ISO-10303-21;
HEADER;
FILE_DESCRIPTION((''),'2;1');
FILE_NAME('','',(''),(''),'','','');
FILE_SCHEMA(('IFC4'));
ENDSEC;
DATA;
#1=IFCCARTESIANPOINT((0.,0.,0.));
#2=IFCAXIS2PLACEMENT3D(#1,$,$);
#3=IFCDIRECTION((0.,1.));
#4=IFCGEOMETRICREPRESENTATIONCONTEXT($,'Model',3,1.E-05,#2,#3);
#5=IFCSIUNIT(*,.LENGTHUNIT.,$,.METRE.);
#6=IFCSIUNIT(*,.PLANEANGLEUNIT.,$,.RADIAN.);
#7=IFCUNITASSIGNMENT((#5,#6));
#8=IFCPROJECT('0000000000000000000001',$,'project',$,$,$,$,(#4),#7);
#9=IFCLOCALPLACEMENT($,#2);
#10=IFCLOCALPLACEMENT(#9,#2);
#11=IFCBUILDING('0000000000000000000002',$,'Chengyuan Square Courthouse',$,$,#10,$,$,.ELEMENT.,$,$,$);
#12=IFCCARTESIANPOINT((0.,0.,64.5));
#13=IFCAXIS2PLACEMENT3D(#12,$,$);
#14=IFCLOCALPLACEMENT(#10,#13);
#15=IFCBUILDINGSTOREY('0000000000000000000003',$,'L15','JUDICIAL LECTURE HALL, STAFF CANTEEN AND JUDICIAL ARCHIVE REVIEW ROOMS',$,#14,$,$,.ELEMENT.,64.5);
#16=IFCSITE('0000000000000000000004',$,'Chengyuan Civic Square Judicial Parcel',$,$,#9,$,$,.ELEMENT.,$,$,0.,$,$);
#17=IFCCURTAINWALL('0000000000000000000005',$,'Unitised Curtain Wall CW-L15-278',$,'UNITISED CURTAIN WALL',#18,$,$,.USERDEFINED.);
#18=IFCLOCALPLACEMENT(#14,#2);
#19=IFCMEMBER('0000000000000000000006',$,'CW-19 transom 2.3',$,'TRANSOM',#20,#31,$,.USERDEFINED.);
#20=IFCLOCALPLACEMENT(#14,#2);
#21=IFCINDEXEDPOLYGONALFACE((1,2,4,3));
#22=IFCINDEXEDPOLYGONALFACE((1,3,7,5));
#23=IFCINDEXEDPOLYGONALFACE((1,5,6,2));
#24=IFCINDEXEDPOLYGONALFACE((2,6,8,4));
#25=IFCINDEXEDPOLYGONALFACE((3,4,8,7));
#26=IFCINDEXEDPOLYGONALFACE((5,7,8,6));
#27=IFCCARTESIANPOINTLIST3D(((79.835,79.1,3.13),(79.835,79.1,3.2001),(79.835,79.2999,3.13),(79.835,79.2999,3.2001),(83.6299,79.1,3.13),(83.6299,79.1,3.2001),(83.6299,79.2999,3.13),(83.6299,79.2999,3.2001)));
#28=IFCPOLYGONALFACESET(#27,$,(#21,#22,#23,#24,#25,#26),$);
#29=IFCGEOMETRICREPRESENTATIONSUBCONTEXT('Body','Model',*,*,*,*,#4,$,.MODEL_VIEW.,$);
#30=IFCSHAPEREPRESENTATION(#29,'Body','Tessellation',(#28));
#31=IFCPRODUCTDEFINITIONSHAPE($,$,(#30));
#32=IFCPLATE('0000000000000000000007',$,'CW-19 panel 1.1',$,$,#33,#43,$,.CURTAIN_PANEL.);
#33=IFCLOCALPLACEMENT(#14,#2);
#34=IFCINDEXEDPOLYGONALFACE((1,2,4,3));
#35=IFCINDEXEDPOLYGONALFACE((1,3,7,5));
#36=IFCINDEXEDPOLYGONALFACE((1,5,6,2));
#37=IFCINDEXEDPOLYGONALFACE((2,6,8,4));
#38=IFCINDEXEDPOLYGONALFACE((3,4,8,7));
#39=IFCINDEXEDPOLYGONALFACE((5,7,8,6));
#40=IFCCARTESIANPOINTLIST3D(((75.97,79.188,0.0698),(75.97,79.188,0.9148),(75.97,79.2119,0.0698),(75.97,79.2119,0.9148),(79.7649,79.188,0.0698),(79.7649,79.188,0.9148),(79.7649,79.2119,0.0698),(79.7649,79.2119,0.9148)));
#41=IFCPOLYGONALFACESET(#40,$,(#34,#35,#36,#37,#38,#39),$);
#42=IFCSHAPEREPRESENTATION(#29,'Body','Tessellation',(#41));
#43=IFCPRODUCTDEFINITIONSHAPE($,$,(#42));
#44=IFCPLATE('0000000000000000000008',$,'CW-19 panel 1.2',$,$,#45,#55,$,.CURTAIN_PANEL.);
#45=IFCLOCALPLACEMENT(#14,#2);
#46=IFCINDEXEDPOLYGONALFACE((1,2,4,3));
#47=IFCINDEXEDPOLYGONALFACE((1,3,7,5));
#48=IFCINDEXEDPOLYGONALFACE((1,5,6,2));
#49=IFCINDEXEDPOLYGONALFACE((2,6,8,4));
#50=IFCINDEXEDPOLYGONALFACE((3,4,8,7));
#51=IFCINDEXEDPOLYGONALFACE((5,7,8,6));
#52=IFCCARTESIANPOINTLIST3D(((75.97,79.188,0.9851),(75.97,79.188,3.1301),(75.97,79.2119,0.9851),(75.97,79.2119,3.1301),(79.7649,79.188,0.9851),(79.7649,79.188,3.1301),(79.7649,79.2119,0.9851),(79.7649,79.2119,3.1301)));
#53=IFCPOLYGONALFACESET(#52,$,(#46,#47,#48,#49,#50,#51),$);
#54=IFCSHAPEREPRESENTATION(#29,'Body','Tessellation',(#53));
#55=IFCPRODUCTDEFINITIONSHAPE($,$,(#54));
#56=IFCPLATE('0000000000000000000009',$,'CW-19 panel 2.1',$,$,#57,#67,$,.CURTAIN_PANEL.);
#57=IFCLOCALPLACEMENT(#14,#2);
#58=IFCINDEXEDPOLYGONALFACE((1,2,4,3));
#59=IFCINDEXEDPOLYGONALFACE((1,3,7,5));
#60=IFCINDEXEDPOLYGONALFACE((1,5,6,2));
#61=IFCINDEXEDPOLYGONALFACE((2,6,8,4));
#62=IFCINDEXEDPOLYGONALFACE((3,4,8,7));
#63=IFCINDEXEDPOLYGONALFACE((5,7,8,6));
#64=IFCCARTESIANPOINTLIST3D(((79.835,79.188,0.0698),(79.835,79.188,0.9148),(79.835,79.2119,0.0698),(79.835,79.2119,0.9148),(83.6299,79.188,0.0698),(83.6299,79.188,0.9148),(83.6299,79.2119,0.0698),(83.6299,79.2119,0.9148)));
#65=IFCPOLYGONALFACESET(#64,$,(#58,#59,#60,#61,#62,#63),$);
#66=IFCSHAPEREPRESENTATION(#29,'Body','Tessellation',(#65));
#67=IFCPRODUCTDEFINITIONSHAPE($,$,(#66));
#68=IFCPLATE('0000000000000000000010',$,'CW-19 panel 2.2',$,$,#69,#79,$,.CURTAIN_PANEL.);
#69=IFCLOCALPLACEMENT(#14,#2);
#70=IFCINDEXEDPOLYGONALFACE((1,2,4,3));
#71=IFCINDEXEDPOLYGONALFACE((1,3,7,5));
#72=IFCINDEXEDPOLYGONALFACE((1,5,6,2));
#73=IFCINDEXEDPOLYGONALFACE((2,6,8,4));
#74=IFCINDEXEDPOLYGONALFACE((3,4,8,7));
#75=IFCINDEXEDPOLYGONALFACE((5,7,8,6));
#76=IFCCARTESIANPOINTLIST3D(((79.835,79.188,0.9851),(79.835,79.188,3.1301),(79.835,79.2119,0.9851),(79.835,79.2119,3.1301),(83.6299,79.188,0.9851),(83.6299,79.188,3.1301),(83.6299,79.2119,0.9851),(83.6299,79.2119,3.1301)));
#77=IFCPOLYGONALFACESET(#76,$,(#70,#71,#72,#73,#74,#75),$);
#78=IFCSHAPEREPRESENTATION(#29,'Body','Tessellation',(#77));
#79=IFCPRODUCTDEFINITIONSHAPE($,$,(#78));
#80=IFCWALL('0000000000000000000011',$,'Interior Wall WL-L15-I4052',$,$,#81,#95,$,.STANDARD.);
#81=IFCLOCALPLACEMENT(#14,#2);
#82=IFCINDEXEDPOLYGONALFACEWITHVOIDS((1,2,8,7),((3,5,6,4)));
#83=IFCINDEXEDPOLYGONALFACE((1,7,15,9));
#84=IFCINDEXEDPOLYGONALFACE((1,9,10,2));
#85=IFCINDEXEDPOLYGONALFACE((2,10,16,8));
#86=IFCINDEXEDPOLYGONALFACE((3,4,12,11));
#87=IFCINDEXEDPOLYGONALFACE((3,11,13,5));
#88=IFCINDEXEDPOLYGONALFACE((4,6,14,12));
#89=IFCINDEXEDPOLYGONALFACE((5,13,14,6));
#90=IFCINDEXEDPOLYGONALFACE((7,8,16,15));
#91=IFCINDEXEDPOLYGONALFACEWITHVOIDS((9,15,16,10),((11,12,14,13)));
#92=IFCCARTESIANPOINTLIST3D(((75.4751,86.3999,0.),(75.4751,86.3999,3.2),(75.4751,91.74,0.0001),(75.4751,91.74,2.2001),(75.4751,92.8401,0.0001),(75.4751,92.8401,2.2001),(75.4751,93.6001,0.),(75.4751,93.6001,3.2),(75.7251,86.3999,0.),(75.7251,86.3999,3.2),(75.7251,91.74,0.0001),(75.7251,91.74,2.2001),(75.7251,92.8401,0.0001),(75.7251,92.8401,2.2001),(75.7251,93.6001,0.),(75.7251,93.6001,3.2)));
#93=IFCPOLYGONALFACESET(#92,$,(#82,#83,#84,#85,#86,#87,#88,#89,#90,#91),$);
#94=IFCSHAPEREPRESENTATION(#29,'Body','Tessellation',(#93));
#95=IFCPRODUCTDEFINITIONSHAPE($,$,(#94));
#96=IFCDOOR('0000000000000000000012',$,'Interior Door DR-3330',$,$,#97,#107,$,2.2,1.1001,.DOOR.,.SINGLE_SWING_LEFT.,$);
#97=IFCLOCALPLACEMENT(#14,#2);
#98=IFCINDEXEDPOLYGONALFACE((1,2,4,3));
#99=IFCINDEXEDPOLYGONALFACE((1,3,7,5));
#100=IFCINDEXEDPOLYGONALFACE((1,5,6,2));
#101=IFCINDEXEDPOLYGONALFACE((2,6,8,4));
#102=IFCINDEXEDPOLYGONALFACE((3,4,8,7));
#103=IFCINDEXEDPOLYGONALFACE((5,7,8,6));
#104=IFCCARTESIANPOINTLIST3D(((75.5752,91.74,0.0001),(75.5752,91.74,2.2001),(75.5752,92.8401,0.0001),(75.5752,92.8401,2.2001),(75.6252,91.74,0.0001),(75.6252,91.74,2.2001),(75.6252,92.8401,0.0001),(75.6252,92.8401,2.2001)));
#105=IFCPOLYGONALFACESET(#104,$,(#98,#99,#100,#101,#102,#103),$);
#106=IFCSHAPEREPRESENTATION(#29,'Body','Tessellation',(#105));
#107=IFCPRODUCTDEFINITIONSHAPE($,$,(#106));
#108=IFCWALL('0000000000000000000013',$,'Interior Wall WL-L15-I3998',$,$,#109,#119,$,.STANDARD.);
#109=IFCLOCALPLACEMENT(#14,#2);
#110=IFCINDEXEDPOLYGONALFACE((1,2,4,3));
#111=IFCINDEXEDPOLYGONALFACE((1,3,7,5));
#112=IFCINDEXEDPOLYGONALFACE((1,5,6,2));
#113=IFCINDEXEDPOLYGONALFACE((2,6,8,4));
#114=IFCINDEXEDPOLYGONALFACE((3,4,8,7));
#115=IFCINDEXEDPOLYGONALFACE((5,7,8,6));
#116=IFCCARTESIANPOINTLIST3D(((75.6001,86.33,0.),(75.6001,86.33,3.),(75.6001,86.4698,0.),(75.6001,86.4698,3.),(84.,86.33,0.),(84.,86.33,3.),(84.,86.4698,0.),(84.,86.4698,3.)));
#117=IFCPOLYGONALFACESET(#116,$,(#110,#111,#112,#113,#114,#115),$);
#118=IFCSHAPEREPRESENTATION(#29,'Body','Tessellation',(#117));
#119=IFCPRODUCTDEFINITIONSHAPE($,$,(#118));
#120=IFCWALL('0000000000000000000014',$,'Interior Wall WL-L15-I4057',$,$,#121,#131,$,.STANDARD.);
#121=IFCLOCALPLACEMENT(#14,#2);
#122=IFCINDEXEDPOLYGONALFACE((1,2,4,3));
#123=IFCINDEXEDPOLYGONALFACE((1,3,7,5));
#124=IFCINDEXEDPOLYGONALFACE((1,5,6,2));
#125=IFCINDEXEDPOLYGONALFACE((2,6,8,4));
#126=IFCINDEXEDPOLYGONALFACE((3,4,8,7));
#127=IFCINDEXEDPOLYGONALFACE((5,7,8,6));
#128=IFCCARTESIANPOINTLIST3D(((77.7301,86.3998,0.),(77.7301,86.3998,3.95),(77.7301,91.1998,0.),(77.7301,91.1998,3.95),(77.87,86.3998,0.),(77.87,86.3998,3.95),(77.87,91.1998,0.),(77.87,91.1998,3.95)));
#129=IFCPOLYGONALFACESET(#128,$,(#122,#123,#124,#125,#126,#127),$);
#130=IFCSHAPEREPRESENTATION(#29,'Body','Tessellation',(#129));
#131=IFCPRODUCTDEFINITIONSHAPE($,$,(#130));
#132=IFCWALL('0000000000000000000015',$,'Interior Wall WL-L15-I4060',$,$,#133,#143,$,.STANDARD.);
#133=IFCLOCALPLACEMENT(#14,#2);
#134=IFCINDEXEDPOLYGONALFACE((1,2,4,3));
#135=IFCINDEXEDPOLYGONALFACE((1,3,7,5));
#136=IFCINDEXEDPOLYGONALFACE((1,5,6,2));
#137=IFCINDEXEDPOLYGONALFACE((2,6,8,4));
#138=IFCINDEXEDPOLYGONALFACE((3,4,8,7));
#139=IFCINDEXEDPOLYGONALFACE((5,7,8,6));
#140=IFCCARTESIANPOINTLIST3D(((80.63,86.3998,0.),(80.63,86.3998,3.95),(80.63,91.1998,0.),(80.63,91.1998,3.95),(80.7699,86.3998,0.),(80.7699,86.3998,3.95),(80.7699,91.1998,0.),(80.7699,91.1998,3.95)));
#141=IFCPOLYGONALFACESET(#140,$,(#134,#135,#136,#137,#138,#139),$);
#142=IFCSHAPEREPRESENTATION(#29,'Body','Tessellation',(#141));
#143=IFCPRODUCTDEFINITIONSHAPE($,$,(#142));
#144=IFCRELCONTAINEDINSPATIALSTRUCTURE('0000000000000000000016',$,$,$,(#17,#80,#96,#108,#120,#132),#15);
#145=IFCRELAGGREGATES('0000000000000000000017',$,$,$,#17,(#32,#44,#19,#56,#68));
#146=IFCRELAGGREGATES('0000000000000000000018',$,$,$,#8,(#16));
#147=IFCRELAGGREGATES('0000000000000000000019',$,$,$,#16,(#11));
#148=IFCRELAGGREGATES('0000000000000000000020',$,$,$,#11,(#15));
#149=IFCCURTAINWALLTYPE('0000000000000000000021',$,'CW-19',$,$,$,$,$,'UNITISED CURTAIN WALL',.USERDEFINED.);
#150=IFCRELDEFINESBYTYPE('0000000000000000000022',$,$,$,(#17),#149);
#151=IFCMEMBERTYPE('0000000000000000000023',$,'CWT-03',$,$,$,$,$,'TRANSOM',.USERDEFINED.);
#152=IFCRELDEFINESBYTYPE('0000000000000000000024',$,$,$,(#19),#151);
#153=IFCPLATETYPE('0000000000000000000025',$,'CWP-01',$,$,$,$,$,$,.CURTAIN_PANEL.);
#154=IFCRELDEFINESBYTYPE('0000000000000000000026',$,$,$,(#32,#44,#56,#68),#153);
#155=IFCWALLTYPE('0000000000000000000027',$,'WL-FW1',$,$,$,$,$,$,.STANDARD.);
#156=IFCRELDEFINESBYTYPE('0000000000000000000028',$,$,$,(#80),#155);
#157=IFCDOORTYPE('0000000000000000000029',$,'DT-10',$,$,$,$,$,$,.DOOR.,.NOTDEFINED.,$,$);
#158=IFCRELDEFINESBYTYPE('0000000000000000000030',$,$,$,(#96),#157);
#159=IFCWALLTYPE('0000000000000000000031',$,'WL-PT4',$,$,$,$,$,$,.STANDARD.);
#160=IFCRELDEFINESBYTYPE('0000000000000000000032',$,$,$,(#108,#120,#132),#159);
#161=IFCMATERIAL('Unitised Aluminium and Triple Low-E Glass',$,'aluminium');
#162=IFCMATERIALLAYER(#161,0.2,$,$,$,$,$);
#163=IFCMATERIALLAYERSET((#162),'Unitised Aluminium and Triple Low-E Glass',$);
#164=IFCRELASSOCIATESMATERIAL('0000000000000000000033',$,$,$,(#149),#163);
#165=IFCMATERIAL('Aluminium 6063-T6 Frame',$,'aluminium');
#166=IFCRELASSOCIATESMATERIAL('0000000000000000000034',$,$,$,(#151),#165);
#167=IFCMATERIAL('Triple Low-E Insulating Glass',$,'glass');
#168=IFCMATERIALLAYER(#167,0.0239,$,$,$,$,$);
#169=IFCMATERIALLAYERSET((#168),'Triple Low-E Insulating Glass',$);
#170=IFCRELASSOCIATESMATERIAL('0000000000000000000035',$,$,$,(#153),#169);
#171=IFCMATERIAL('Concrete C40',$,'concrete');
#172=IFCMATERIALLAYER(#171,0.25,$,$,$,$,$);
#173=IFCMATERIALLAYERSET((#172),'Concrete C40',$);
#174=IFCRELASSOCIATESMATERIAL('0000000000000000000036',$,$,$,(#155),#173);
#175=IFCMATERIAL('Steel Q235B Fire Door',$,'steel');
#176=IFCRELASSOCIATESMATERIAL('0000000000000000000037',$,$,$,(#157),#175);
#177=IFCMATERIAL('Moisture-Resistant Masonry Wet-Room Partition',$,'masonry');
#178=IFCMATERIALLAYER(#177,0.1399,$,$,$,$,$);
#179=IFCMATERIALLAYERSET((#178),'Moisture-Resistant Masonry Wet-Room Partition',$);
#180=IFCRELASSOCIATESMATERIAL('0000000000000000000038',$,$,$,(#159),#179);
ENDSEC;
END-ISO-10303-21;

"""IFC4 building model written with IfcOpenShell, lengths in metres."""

from ifc_helpers import new_model, si_unit, direction, frame, frame_2d, origin, origin_2d, place, context, subcontext, project, spatial, rectangle, extrude, material, layer, layer_set, material_profile, profile_set, type_object, element, fill, aggregate, save


model = new_model("IFC4")

# Units and contexts
model_context = context("Model", 3, precision=1e-05, world=origin(), true_north=direction((0.0, 1.0)))
body_context = subcontext(model_context, "Body", "Model", "MODEL_VIEW")
ifc_project = project(units=[si_unit("LENGTHUNIT", "METRE"), si_unit("PLANEANGLEUNIT", "RADIAN")], contexts=[model_context])

# Site, building, storey
site_placement = place(None, origin())
site = spatial("IfcSite", under=ifc_project, at=site_placement, Name="Chengyuan Civic Square Judicial Parcel", CompositionType="ELEMENT", RefElevation=0.0)
building_placement = place(site_placement, origin())
building = spatial("IfcBuilding", under=site, at=building_placement, Name="Chengyuan Square Courthouse", CompositionType="ELEMENT")
storey_placement = place(building_placement, frame((0.0, 0.0, 64.5)))
storey = spatial("IfcBuildingStorey", under=building, at=storey_placement, Name="L15", Description="JUDICIAL LECTURE HALL, STAFF CANTEEN AND JUDICIAL ARCHIVE REVIEW ROOMS", CompositionType="ELEMENT", Elevation=64.5)

# Shared definitions
ifc_material_1 = material(Name="Concrete C40", Category="concrete")

# Curtain wall, member, plates
ifc_material_2 = material(Name="Unitised Aluminium and Triple Low-E Glass", Category="aluminium")
ifc_layer_1 = layer(ifc_material_2, 0.2)
ifc_layer_set_1 = layer_set([ifc_layer_1], Name="Unitised Aluminium and Triple Low-E Glass")
curtain_wall_type = type_object("IfcCurtainWallType", Name="CW-19", ElementType="UNITISED CURTAIN WALL", PredefinedType="USERDEFINED", material=ifc_layer_set_1)
curtain_wall_placement = place(storey_placement, origin())
curtain_wall = element("IfcCurtainWall", 1, at=curtain_wall_placement, inside=storey, type_object=curtain_wall_type, Name="Unitised Curtain Wall CW-L15-278", ObjectType="UNITISED CURTAIN WALL", PredefinedType="USERDEFINED")
ifc_material_3 = material(Name="Aluminium 6063-T6 Frame", Category="aluminium")
ifc_material_profile_1 = material_profile(ifc_material_3, rectangle(XDim=0.2, YDim=0.0701, at=origin_2d()), Name="CW-TRN-70x160")
ifc_profile_set_1 = profile_set([ifc_material_profile_1], Name="Aluminium 6063-T6 Frame")
member_type_1 = type_object("IfcMemberType", Name="CWT-03", ElementType="TRANSOM", PredefinedType="USERDEFINED", material=ifc_profile_set_1)
member_1_placement = place(storey_placement, frame((79.835, 79.2, 3.165), z_axis=(1.0, 0.0, 0.0), x_axis=(0.0, 1.0, 0.0)))
member_1 = element("IfcMember", 2, at=member_1_placement, type_object=member_type_1, Name="CW-19 transom 2.3", ObjectType="TRANSOM", PredefinedType="USERDEFINED", context=body_context, shape_type="SweptSolid", body=[
    extrude(rectangle(XDim=0.2, YDim=0.0701, at=origin_2d()), origin(), (0.0, 0.0, 1.0), 3.7949),
])
ifc_material_4 = material(Name="Triple Low-E Insulating Glass", Category="glass")
ifc_layer_2 = layer(ifc_material_4, 0.0239)
ifc_layer_set_2 = layer_set([ifc_layer_2], Name="Triple Low-E Insulating Glass")
plate_type = type_object("IfcPlateType", Name="CWP-01", PredefinedType="CURTAIN_PANEL", material=ifc_layer_set_2)
plate_1_placement = place(storey_placement, frame((77.8674, 79.2, 0.0698), z_axis=(0.0, 0.0, 1.0), x_axis=(1.0, 0.0, 0.0)))
plate_1 = element("IfcPlate", 3, at=plate_1_placement, type_object=plate_type, Name="CW-19 panel 1.1", PredefinedType="CURTAIN_PANEL", context=body_context, shape_type="SweptSolid", body=[
    extrude(rectangle(XDim=3.7949, YDim=0.0239, at=origin_2d()), origin(), (0.0, 0.0, 1.0), 0.845),
])
plate_2_placement = place(storey_placement, frame((77.8674, 79.2, 0.9851), z_axis=(0.0, 0.0, 1.0), x_axis=(1.0, 0.0, 0.0)))
plate_2 = element("IfcPlate", 4, at=plate_2_placement, type_object=plate_type, Name="CW-19 panel 1.2", PredefinedType="CURTAIN_PANEL", context=body_context, shape_type="SweptSolid", body=[
    extrude(rectangle(XDim=3.7949, YDim=0.0239, at=origin_2d()), origin(), (0.0, 0.0, 1.0), 2.145),
])
plate_3_placement = place(storey_placement, frame((81.7324, 79.2, 0.0698), z_axis=(0.0, 0.0, 1.0), x_axis=(1.0, 0.0, 0.0)))
plate_3 = element("IfcPlate", 5, at=plate_3_placement, type_object=plate_type, Name="CW-19 panel 2.1", PredefinedType="CURTAIN_PANEL", context=body_context, shape_type="SweptSolid", body=[
    extrude(rectangle(XDim=3.7949, YDim=0.0239, at=origin_2d()), origin(), (0.0, 0.0, 1.0), 0.845),
])
plate_4_placement = place(storey_placement, frame((81.7324, 79.2, 0.9851), z_axis=(0.0, 0.0, 1.0), x_axis=(1.0, 0.0, 0.0)))
plate_4 = element("IfcPlate", 6, at=plate_4_placement, type_object=plate_type, Name="CW-19 panel 2.2", PredefinedType="CURTAIN_PANEL", context=body_context, shape_type="SweptSolid", body=[
    extrude(rectangle(XDim=3.7949, YDim=0.0239, at=origin_2d()), origin(), (0.0, 0.0, 1.0), 2.145),
])
aggregate(curtain_wall, [plate_1, plate_2, member_1, plate_3, plate_4])

# Wall, opening, door
ifc_layer_3 = layer(ifc_material_1, 0.25)
ifc_layer_set_3 = layer_set([ifc_layer_3], Name="Concrete C40")
wall_type_1 = type_object("IfcWallType", Name="WL-FW1", PredefinedType="STANDARD", material=ifc_layer_set_3)
wall_1_placement = place(storey_placement, frame((75.6001, 86.3999, 0.0), z_axis=(0.0, 0.0, 1.0), x_axis=(0.0, 1.0, 0.0)))
wall_1 = element("IfcWall", 7, at=wall_1_placement, inside=storey, type_object=wall_type_1, Name="Interior Wall WL-L15-I4052", PredefinedType="STANDARD", context=body_context, shape_type="SweptSolid", body=[
    extrude(rectangle(XDim=7.2002, YDim=0.25, at=frame_2d((3.6001, 0.0))), origin(), (0.0, 0.0, 1.0), 3.2),
])
opening_placement = place(wall_1_placement, frame((5.3401, 0.0, 0.0)))
opening = element("IfcOpeningElement", 8, at=opening_placement, cuts=wall_1, PredefinedType="OPENING", context=body_context, shape_type="SweptSolid", body=[
    extrude(rectangle(XDim=1.1001, YDim=2.2, at=frame_2d((0.55, 1.1001))), frame((0.0, 0.137, 0.0), z_axis=(0.0, -1.0, 0.0), x_axis=(1.0, 0.0, 0.0)), (0.0, 0.0, 1.0), 0.2739),
])
ifc_material_5 = material(Name="Steel Q235B Fire Door", Category="steel")
door_type = type_object("IfcDoorType", Name="DT-10", OperationType="NOTDEFINED", PredefinedType="DOOR", material=ifc_material_5)
door_placement = place(opening_placement, origin())
door = element("IfcDoor", 9, at=door_placement, inside=storey, type_object=door_type, Name="Interior Door DR-3330", OperationType="SINGLE_SWING_LEFT", OverallHeight=2.2, OverallWidth=1.1001, PredefinedType="DOOR", context=body_context, shape_type="SweptSolid", body=[
    extrude(rectangle(XDim=1.1001, YDim=2.2, at=frame_2d((0.55, 1.1001))), frame((0.0, 0.0249, 0.0), z_axis=(0.0, -1.0, 0.0), x_axis=(1.0, 0.0, 0.0)), (0.0, 0.0, 1.0), 0.05),
])
fill(opening, door)

# Walls
ifc_material_6 = material(Name="Moisture-Resistant Masonry Wet-Room Partition", Category="masonry")
ifc_layer_4 = layer(ifc_material_6, 0.1399)
ifc_layer_set_4 = layer_set([ifc_layer_4], Name="Moisture-Resistant Masonry Wet-Room Partition")
wall_type_2 = type_object("IfcWallType", Name="WL-PT4", PredefinedType="STANDARD", material=ifc_layer_set_4)
wall_2_placement = place(storey_placement, frame((75.6001, 86.3999, 0.0), z_axis=(0.0, 0.0, 1.0), x_axis=(1.0, 0.0, 0.0)))
element("IfcWall", 10, at=wall_2_placement, inside=storey, type_object=wall_type_2, Name="Interior Wall WL-L15-I3998", PredefinedType="STANDARD", context=body_context, shape_type="SweptSolid", body=[
    extrude(rectangle(XDim=8.3999, YDim=0.1399, at=frame_2d((4.2, 0.0))), origin(), (0.0, 0.0, 1.0), 3.0),
])
for number, where, z_axis, x_axis, name in (
    (11, (77.8, 86.3999, 0.0), (0.0, 0.0, 1.0), (0.0, 1.0, 0.0), "Interior Wall WL-L15-I4057"),
    (12, (80.7, 86.3999, 0.0), (0.0, 0.0, 1.0), (0.0, 1.0, 0.0), "Interior Wall WL-L15-I4060"),
):
    element("IfcWall", number, at=place(storey_placement, frame(where, z_axis=z_axis, x_axis=x_axis)), inside=storey, type_object=wall_type_2, Name=name, PredefinedType="STANDARD", context=body_context, shape_type="SweptSolid", body=[
        extrude(rectangle(XDim=4.8, YDim=0.1399, at=frame_2d((2.3999, 0.0))), origin(), (0.0, 0.0, 1.0), 3.95),
    ])

save(model, "model.ifc")
